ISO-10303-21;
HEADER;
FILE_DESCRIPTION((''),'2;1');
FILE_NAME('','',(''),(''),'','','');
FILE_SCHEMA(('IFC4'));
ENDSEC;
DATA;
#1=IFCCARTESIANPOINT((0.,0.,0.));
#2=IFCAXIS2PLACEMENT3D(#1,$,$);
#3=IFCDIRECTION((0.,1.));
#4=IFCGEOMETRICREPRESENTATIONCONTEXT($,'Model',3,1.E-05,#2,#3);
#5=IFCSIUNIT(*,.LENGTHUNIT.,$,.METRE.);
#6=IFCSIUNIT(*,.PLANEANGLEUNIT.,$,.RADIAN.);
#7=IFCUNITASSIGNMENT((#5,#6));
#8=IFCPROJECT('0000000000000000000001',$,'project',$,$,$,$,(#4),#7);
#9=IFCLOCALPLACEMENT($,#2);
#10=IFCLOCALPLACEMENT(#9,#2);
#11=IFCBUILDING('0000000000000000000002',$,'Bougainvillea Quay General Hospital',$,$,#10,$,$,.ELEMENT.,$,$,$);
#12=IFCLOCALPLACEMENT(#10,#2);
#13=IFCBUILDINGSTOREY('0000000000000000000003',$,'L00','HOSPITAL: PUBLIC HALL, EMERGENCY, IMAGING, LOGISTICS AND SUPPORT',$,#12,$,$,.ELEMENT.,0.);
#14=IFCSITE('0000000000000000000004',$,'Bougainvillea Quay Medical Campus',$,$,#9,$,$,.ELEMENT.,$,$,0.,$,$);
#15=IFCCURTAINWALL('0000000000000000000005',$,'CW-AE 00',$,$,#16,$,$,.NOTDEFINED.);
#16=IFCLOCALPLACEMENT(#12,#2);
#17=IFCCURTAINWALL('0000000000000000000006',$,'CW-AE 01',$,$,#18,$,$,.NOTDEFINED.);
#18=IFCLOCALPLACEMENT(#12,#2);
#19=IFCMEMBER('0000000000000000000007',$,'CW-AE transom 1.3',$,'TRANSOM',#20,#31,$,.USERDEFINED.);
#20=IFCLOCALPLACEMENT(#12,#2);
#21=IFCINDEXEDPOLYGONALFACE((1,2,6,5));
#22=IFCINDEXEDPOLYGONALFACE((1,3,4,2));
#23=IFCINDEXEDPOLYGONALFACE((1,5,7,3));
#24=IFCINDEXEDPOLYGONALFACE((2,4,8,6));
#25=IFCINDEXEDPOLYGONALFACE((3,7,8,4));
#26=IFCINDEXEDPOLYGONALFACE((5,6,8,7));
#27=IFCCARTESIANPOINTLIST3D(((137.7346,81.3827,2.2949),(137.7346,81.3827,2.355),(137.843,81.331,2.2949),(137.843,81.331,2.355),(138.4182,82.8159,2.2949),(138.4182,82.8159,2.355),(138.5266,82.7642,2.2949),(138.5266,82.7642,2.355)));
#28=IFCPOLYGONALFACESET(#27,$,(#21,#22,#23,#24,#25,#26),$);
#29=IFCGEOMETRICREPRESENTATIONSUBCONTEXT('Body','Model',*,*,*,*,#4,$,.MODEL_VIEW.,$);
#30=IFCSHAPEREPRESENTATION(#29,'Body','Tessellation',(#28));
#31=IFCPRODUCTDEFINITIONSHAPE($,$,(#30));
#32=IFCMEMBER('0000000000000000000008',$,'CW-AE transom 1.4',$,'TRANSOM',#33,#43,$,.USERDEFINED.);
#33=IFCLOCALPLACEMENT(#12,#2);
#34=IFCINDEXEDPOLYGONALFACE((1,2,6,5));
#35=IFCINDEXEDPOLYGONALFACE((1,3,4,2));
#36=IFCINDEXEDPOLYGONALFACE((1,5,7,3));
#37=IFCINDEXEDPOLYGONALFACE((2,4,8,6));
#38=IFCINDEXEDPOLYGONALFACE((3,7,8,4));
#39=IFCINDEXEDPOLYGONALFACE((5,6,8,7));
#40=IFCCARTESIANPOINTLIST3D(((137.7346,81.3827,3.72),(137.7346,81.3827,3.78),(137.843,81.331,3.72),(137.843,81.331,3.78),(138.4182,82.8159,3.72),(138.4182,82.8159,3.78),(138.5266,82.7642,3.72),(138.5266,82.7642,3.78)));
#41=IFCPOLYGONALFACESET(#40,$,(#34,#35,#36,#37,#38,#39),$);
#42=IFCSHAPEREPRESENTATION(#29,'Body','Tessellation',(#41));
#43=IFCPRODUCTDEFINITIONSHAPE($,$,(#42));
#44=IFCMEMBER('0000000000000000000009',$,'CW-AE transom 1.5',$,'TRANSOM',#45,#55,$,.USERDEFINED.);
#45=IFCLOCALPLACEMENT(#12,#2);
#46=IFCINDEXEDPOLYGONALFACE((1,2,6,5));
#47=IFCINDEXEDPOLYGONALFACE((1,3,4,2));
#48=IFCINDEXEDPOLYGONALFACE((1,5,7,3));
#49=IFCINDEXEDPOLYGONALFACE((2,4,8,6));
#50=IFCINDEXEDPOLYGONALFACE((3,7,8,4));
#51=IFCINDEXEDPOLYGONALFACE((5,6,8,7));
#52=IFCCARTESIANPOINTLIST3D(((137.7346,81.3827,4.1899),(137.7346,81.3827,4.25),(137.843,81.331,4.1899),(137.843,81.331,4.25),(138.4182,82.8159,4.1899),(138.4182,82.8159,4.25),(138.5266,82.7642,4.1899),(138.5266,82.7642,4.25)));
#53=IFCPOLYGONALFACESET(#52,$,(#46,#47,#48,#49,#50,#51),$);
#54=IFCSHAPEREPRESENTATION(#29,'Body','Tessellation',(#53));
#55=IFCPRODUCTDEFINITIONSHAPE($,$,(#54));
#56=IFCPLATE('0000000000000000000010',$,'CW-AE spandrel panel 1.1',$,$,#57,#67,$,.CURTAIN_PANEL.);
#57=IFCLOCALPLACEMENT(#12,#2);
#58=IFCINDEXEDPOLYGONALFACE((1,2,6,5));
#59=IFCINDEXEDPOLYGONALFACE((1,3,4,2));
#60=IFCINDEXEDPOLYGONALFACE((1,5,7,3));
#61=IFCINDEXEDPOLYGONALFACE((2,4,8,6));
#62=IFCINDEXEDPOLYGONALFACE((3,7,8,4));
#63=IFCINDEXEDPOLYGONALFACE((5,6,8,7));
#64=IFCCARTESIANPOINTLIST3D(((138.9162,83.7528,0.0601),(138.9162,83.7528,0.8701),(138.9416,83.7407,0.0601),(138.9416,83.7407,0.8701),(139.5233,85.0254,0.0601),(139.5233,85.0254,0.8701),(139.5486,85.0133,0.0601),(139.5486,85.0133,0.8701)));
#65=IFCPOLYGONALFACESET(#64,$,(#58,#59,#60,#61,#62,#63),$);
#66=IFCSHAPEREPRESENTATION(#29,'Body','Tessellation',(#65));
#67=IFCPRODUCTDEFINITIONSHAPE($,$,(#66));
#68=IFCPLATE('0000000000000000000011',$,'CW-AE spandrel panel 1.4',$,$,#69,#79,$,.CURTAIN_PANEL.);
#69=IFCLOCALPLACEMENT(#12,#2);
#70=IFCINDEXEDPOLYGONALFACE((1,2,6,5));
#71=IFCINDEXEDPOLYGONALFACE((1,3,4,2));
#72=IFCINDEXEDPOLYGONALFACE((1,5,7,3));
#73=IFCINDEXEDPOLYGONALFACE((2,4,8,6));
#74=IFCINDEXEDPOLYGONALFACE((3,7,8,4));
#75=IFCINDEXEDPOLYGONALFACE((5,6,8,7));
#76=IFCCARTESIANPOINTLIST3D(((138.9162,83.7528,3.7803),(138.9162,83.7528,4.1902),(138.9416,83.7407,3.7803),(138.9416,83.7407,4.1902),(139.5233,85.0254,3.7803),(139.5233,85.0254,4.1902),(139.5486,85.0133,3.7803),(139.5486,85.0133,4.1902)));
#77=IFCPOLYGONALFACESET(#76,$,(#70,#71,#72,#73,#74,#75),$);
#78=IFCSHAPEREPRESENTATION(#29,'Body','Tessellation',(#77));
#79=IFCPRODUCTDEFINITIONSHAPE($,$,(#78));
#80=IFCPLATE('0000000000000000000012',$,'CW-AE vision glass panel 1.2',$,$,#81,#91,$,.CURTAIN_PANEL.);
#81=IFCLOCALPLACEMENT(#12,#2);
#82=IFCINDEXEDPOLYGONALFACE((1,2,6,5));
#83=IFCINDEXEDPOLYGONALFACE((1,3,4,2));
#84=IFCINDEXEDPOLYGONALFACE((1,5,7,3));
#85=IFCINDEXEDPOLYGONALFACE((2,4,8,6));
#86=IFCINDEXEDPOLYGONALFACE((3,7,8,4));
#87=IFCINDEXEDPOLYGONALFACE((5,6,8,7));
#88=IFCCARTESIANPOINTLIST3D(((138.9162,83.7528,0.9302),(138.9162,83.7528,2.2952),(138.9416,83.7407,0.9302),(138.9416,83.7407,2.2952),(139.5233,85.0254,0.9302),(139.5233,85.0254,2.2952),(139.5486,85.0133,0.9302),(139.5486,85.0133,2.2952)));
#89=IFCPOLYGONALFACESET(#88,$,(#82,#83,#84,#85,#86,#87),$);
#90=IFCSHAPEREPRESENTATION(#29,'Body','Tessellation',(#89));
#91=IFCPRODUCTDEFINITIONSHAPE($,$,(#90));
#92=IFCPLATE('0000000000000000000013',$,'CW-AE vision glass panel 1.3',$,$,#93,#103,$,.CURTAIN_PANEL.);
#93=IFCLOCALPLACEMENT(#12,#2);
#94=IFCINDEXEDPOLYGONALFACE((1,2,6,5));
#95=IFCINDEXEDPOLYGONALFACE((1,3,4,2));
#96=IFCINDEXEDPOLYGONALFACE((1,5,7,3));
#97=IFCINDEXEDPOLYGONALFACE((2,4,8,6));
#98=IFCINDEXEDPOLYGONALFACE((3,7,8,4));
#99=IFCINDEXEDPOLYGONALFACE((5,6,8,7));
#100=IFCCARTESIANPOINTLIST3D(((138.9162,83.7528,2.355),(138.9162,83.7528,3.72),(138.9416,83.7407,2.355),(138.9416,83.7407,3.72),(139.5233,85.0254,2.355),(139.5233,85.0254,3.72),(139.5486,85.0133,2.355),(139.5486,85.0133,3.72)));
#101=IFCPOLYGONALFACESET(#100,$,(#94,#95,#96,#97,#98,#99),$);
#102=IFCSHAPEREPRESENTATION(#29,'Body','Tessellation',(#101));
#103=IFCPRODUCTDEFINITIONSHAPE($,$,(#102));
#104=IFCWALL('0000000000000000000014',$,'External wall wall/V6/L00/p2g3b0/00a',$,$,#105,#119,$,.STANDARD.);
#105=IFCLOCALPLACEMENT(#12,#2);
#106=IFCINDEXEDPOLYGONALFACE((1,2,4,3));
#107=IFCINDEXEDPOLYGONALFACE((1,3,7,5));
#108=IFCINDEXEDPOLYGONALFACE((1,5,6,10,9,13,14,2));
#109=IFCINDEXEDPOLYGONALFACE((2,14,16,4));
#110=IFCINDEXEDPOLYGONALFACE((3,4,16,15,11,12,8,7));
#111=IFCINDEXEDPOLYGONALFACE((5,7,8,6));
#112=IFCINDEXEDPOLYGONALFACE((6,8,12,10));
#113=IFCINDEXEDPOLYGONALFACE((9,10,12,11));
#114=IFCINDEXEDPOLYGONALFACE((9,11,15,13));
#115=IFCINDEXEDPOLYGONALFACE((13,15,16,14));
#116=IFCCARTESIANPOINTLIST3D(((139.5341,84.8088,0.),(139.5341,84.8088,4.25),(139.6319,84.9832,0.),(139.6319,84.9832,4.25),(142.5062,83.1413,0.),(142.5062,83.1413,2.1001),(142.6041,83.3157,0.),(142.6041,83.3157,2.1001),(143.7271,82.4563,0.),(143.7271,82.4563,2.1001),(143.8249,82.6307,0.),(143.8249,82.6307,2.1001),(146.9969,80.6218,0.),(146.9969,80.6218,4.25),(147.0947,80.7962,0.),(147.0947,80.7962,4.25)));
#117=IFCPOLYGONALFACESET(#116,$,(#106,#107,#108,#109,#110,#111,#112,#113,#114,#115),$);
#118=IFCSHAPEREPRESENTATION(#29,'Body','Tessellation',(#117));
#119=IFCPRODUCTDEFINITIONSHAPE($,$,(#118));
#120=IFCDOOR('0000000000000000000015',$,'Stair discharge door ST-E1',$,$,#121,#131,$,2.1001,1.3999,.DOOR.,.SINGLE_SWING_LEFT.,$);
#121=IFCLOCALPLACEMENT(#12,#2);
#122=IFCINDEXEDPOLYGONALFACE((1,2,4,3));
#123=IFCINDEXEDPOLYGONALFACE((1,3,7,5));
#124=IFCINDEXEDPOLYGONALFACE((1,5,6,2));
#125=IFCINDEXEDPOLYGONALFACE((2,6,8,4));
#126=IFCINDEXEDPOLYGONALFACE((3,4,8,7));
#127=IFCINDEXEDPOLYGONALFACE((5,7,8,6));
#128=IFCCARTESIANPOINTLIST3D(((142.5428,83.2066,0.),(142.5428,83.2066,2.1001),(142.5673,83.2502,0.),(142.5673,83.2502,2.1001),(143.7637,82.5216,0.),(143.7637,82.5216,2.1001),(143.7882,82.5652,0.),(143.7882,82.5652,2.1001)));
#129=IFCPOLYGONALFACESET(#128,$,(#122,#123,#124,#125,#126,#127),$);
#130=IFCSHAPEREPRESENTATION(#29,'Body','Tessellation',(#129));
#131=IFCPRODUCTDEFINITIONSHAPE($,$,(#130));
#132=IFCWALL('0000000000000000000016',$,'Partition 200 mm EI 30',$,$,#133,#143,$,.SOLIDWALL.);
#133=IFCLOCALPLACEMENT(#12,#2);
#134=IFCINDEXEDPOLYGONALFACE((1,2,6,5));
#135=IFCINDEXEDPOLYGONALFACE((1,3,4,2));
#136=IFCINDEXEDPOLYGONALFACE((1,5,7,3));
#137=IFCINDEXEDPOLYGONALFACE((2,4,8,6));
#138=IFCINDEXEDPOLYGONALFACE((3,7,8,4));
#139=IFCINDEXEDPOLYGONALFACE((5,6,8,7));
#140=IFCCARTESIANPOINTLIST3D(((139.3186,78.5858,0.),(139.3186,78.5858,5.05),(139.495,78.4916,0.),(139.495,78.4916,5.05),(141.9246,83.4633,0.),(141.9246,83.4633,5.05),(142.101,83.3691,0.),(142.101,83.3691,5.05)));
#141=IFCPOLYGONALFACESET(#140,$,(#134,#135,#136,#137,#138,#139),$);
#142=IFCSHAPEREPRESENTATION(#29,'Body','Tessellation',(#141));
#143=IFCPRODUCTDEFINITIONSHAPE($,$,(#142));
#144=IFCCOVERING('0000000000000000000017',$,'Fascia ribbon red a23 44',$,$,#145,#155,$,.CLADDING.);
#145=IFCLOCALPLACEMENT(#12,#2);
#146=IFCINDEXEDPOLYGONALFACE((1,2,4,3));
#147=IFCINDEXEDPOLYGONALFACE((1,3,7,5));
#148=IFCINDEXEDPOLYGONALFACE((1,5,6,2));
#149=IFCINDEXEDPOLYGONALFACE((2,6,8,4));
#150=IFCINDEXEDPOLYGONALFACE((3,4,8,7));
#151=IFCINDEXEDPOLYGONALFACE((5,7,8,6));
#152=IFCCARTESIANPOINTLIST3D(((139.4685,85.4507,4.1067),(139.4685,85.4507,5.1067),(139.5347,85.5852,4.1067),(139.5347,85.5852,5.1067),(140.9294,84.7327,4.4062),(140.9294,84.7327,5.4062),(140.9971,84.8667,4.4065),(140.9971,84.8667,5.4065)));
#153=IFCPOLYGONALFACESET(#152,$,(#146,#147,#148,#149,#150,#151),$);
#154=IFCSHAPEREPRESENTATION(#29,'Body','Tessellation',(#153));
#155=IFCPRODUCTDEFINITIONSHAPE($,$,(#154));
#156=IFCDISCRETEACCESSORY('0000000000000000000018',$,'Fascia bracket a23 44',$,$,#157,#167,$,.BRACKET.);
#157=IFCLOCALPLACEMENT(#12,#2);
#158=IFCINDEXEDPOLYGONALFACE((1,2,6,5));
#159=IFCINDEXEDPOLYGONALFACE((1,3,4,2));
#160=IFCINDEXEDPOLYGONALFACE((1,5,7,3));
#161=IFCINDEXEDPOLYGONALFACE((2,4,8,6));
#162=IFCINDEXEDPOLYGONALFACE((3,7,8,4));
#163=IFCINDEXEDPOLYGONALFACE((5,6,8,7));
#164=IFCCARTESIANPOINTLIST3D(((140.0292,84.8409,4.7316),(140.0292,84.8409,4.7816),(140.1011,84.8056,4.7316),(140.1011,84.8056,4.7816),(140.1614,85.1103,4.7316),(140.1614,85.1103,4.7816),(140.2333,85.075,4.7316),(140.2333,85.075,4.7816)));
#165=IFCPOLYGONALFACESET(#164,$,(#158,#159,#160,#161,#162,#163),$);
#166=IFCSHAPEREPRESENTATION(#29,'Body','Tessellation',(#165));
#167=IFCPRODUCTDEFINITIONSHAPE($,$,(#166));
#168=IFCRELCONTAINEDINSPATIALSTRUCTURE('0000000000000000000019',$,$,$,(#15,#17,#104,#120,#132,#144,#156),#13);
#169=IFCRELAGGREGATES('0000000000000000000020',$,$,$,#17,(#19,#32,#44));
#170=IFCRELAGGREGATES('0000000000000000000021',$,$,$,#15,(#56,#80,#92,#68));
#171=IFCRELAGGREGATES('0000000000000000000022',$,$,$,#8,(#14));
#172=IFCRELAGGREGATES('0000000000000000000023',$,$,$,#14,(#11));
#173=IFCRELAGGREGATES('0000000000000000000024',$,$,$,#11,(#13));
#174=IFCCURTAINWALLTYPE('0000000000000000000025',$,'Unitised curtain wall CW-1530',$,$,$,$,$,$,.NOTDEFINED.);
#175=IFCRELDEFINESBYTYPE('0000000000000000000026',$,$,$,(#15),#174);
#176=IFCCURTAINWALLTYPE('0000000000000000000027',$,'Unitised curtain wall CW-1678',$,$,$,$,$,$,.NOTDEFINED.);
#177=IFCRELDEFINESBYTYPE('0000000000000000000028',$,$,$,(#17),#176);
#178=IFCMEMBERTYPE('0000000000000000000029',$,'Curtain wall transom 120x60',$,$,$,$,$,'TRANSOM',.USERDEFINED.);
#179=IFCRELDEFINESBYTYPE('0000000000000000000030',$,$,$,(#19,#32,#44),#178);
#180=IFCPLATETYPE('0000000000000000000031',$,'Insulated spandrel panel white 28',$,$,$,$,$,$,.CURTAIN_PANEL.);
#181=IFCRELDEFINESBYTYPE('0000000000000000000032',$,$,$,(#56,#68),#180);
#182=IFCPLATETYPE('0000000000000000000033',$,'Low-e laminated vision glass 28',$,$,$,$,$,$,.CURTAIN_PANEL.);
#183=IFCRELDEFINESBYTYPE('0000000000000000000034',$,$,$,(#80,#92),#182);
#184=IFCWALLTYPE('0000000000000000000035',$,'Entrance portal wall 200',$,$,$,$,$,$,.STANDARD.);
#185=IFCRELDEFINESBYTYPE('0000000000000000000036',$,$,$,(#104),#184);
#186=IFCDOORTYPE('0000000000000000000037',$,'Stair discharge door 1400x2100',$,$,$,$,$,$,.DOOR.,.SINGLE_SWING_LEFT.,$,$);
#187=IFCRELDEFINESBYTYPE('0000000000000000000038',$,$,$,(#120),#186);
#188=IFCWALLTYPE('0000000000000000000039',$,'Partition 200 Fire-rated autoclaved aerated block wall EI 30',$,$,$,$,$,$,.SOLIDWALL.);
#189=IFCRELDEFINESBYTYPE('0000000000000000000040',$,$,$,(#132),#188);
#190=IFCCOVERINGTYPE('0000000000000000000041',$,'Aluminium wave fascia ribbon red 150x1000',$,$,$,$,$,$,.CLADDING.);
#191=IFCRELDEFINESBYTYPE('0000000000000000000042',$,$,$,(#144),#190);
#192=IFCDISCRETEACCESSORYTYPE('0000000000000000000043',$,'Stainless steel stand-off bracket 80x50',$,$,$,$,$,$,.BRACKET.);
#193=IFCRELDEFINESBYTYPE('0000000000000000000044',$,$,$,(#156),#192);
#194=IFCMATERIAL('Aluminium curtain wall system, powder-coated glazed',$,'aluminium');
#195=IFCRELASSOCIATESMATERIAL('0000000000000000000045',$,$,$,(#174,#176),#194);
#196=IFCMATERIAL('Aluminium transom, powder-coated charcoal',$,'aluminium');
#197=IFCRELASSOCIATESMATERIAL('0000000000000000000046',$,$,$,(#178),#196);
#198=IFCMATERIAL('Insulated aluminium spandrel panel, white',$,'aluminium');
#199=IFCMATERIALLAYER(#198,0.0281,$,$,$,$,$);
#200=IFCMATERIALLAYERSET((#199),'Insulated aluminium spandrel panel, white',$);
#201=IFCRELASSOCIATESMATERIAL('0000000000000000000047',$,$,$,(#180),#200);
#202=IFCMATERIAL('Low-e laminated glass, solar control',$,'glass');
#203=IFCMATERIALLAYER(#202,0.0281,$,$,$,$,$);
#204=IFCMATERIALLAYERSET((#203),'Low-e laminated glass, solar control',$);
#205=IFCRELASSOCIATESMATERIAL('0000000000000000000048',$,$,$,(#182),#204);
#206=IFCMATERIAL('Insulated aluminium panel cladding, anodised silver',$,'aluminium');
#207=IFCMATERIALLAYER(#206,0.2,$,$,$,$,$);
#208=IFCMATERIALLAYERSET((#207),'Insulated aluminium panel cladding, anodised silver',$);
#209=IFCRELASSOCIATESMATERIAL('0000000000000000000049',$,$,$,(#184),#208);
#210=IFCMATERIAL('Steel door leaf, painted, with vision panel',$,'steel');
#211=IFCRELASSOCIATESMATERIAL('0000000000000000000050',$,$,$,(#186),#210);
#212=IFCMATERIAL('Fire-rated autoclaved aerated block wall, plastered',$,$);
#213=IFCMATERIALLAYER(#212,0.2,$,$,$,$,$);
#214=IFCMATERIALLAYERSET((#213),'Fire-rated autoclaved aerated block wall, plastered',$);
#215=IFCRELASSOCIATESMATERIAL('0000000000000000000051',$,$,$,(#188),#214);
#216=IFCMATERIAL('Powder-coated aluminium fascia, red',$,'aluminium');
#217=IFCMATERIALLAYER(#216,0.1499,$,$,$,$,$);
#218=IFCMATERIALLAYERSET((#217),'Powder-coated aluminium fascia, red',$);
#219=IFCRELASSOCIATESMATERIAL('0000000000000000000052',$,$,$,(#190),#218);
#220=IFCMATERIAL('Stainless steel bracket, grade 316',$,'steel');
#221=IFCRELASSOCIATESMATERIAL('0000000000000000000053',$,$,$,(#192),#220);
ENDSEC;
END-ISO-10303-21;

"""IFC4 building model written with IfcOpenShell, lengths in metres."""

from ifc_helpers import new_model, si_unit, direction, frame, frame_2d, origin, origin_2d, place, context, subcontext, project, spatial, polyline, rectangle, outline, extrude, material, layer, layer_set, material_profile, profile_set, type_object, element, fill, aggregate, save


model = new_model("IFC4")

# Units and contexts
model_context = context("Model", 3, precision=1e-05, world=origin(), true_north=direction((0.0, 1.0)))
body_context = subcontext(model_context, "Body", "Model", "MODEL_VIEW")
ifc_project = project(units=[si_unit("LENGTHUNIT", "METRE"), si_unit("PLANEANGLEUNIT", "RADIAN")], contexts=[model_context])

# Site, building, storey
site_placement = place(None, origin())
site = spatial("IfcSite", under=ifc_project, at=site_placement, Name="Bougainvillea Quay Medical Campus", CompositionType="ELEMENT", RefElevation=0.0)
building_placement = place(site_placement, origin())
building = spatial("IfcBuilding", under=site, at=building_placement, Name="Bougainvillea Quay General Hospital", CompositionType="ELEMENT")
storey_placement = place(building_placement, origin())
storey = spatial("IfcBuildingStorey", under=building, at=storey_placement, Name="L00", Description="HOSPITAL: PUBLIC HALL, EMERGENCY, IMAGING, LOGISTICS AND SUPPORT", CompositionType="ELEMENT", Elevation=0.0)

# Curtain wall
ifc_material_1 = material(Name="Aluminium curtain wall system, powder-coated glazed", Category="aluminium")
curtain_wall_type_1 = type_object("IfcCurtainWallType", Name="Unitised curtain wall CW-1530", PredefinedType="NOTDEFINED", material=ifc_material_1)
curtain_wall_1_placement = place(storey_placement, origin())
curtain_wall_1 = element("IfcCurtainWall", 1, at=curtain_wall_1_placement, inside=storey, type_object=curtain_wall_type_1, Name="CW-AE 00", PredefinedType="NOTDEFINED")

# Curtain wall
curtain_wall_type_2 = type_object("IfcCurtainWallType", Name="Unitised curtain wall CW-1678", PredefinedType="NOTDEFINED", material=ifc_material_1)
curtain_wall_2_placement = place(storey_placement, origin())
curtain_wall_2 = element("IfcCurtainWall", 2, at=curtain_wall_2_placement, inside=storey, type_object=curtain_wall_type_2, Name="CW-AE 01", PredefinedType="NOTDEFINED")

# Members
ifc_material_2 = material(Name="Aluminium transom, powder-coated charcoal", Category="aluminium")
ifc_material_profile_1 = material_profile(ifc_material_2, rectangle(XDim=0.1201, YDim=0.0601, at=origin_2d()))
ifc_profile_set_1 = profile_set([ifc_material_profile_1], Name="Aluminium transom, powder-coated charcoal")
member_type_1 = type_object("IfcMemberType", Name="Curtain wall transom 120x60", ElementType="TRANSOM", PredefinedType="USERDEFINED", material=ifc_profile_set_1)
member_1_placement = place(storey_placement, frame((138.4724, 82.79, 2.325), z_axis=(-0.43053, -0.902576, 0.0), x_axis=(0.902576, -0.43053, 0.0)))
member_1 = element("IfcMember", 3, at=member_1_placement, type_object=member_type_1, Name="CW-AE transom 1.3", ObjectType="TRANSOM", PredefinedType="USERDEFINED", context=body_context, shape_type="SweptSolid", body=[
    extrude(rectangle(XDim=0.1201, YDim=0.0601, at=origin_2d()), origin(), (0.0, 0.0, 1.0), 1.5879),
])
member_2_placement = place(storey_placement, frame((138.4724, 82.79, 3.75), z_axis=(-0.43053, -0.902576, 0.0), x_axis=(0.902576, -0.43053, 0.0)))
member_2 = element("IfcMember", 4, at=member_2_placement, type_object=member_type_1, Name="CW-AE transom 1.4", ObjectType="TRANSOM", PredefinedType="USERDEFINED", context=body_context, shape_type="SweptSolid", body=[
    extrude(rectangle(XDim=0.1201, YDim=0.0601, at=origin_2d()), origin(), (0.0, 0.0, 1.0), 1.5879),
])
member_3_placement = place(storey_placement, frame((138.4724, 82.79, 4.22), z_axis=(-0.43053, -0.902576, 0.0), x_axis=(0.902576, -0.43053, 0.0)))
member_3 = element("IfcMember", 5, at=member_3_placement, type_object=member_type_1, Name="CW-AE transom 1.5", ObjectType="TRANSOM", PredefinedType="USERDEFINED", context=body_context, shape_type="SweptSolid", body=[
    extrude(rectangle(XDim=0.1201, YDim=0.0601, at=origin_2d()), origin(), (0.0, 0.0, 1.0), 1.5879),
])
aggregate(curtain_wall_2, [member_1, member_2, member_3])

# Plates
ifc_material_3 = material(Name="Insulated aluminium spandrel panel, white", Category="aluminium")
ifc_layer_1 = layer(ifc_material_3, 0.0281)
ifc_layer_set_1 = layer_set([ifc_layer_1], Name="Insulated aluminium spandrel panel, white")
plate_type_1 = type_object("IfcPlateType", Name="Insulated spandrel panel white 28", PredefinedType="CURTAIN_PANEL", material=ifc_layer_set_1)
plate_1_placement = place(storey_placement, frame((139.2324, 84.3831, 0.0601), z_axis=(0.0, 0.0, 1.0), x_axis=(-0.43053, -0.902576, 0.0)))
plate_1 = element("IfcPlate", 6, at=plate_1_placement, type_object=plate_type_1, Name="CW-AE spandrel panel 1.1", PredefinedType="CURTAIN_PANEL", context=body_context, shape_type="SweptSolid", body=[
    extrude(rectangle(XDim=1.4099, YDim=0.0281, at=origin_2d()), origin(), (0.0, 0.0, 1.0), 0.8101),
])
plate_2_placement = place(storey_placement, frame((139.2324, 84.3831, 3.7803), z_axis=(0.0, 0.0, 1.0), x_axis=(-0.43053, -0.902576, 0.0)))
plate_2 = element("IfcPlate", 7, at=plate_2_placement, type_object=plate_type_1, Name="CW-AE spandrel panel 1.4", PredefinedType="CURTAIN_PANEL", context=body_context, shape_type="SweptSolid", body=[
    extrude(rectangle(XDim=1.4099, YDim=0.0281, at=origin_2d()), origin(), (0.0, 0.0, 1.0), 0.4099),
])
ifc_material_4 = material(Name="Low-e laminated glass, solar control", Category="glass")
ifc_layer_2 = layer(ifc_material_4, 0.0281)
ifc_layer_set_2 = layer_set([ifc_layer_2], Name="Low-e laminated glass, solar control")
plate_type_2 = type_object("IfcPlateType", Name="Low-e laminated vision glass 28", PredefinedType="CURTAIN_PANEL", material=ifc_layer_set_2)
plate_3_placement = place(storey_placement, frame((139.2324, 84.3831, 0.9302), z_axis=(0.0, 0.0, 1.0), x_axis=(-0.43053, -0.902576, 0.0)))
plate_3 = element("IfcPlate", 8, at=plate_3_placement, type_object=plate_type_2, Name="CW-AE vision glass panel 1.2", PredefinedType="CURTAIN_PANEL", context=body_context, shape_type="SweptSolid", body=[
    extrude(rectangle(XDim=1.4099, YDim=0.0281, at=origin_2d()), origin(), (0.0, 0.0, 1.0), 1.365),
])
plate_4_placement = place(storey_placement, frame((139.2324, 84.3831, 2.355), z_axis=(0.0, 0.0, 1.0), x_axis=(-0.43053, -0.902576, 0.0)))
plate_4 = element("IfcPlate", 9, at=plate_4_placement, type_object=plate_type_2, Name="CW-AE vision glass panel 1.3", PredefinedType="CURTAIN_PANEL", context=body_context, shape_type="SweptSolid", body=[
    extrude(rectangle(XDim=1.4099, YDim=0.0281, at=origin_2d()), origin(), (0.0, 0.0, 1.0), 1.365),
])
aggregate(curtain_wall_1, [plate_1, plate_3, plate_4, plate_2])

# Wall, opening, door
ifc_material_5 = material(Name="Insulated aluminium panel cladding, anodised silver", Category="aluminium")
ifc_layer_3 = layer(ifc_material_5, 0.2)
ifc_layer_set_3 = layer_set([ifc_layer_3], Name="Insulated aluminium panel cladding, anodised silver")
wall_type_1 = type_object("IfcWallType", Name="Entrance portal wall 200", PredefinedType="STANDARD", material=ifc_layer_set_3)
wall_1_placement = place(storey_placement, frame((139.583, 84.896, 0.0), z_axis=(0.0, 0.0, 1.0), x_axis=(0.872118, -0.489296, 0.0)))
wall_1 = element("IfcWall", 10, at=wall_1_placement, inside=storey, type_object=wall_type_1, Name="External wall wall/V6/L00/p2g3b0/00a", PredefinedType="STANDARD", context=body_context, shape_type="SweptSolid", body=[
    extrude(rectangle(XDim=8.5571, YDim=0.2, at=frame_2d((4.2786, 0.0))), origin(), (0.0, 0.0, 1.0), 4.25),
])
opening_placement = place(wall_1_placement, frame((3.408, 0.0, 0.0)))
opening = element("IfcOpeningElement", 11, at=opening_placement, cuts=wall_1, PredefinedType="OPENING", context=body_context, shape_type="SweptSolid", body=[
    extrude(rectangle(XDim=1.3999, YDim=2.1001, at=frame_2d((0.7, 1.05))), frame((0.0, 0.1099, 0.0), z_axis=(0.0, -1.0, 0.0), x_axis=(1.0, 0.0, 0.0)), (0.0, 0.0, 1.0), 0.22),
])
ifc_material_6 = material(Name="Steel door leaf, painted, with vision panel", Category="steel")
door_type = type_object("IfcDoorType", Name="Stair discharge door 1400x2100", OperationType="SINGLE_SWING_LEFT", PredefinedType="DOOR", material=ifc_material_6)
door_placement = place(opening_placement, origin())
door = element("IfcDoor", 12, at=door_placement, inside=storey, type_object=door_type, Name="Stair discharge door ST-E1", OperationType="SINGLE_SWING_LEFT", OverallHeight=2.1001, OverallWidth=1.3999, PredefinedType="DOOR", context=body_context, shape_type="SweptSolid", body=[
    extrude(rectangle(XDim=1.3999, YDim=2.1001, at=frame_2d((0.7, 1.05))), frame((0.0, 0.0249, 0.0), z_axis=(0.0, -1.0, 0.0), x_axis=(1.0, 0.0, 0.0)), (0.0, 0.0, 1.0), 0.05),
])
fill(opening, door)

# Wall
ifc_material_7 = material(Name="Fire-rated autoclaved aerated block wall, plastered")
ifc_layer_4 = layer(ifc_material_7, 0.2)
ifc_layer_set_4 = layer_set([ifc_layer_4], Name="Fire-rated autoclaved aerated block wall, plastered")
wall_type_2 = type_object("IfcWallType", Name="Partition 200 Fire-rated autoclaved aerated block wall EI 30", PredefinedType="SOLIDWALL", material=ifc_layer_set_4)
wall_2_placement = place(storey_placement, frame((139.4067, 78.5386, 0.0), z_axis=(0.0, 0.0, 1.0), x_axis=(0.471243, 0.882003, 0.0)))
element("IfcWall", 13, at=wall_2_placement, inside=storey, type_object=wall_type_2, Name="Partition 200 mm EI 30", PredefinedType="SOLIDWALL", context=body_context, shape_type="SweptSolid", body=[
    extrude(rectangle(XDim=5.53, YDim=0.2, at=frame_2d((2.7651, 0.0))), origin(), (0.0, 0.0, 1.0), 5.05),
])

# Covering
ifc_material_8 = material(Name="Powder-coated aluminium fascia, red", Category="aluminium")
ifc_layer_5 = layer(ifc_material_8, 0.1499)
ifc_layer_set_5 = layer_set([ifc_layer_5], Name="Powder-coated aluminium fascia, red")
covering_type = type_object("IfcCoveringType", Name="Aluminium wave fascia ribbon red 150x1000", PredefinedType="CLADDING", material=ifc_layer_set_5)
covering_placement = place(storey_placement, frame((140.9294, 84.7327, 4.4062), z_axis=(-0.16234, 0.079981, 0.983488), x_axis=(-0.882647, 0.433801, -0.180973)))
element("IfcCovering", 14, at=covering_placement, inside=storey, type_object=covering_type, Name="Fascia ribbon red a23 44", PredefinedType="CLADDING", context=body_context, shape_type="SweptSolid", body=[
    extrude(outline(polyline([(0.0, 0.0), (1.6552, 0.0), (1.6551, -0.1499), (-0.0016, -0.1501), (0.0, 0.0)])), origin(), (-0.180973, 0.000172, 0.983488), 1.0),
])

# Discrete accessory
ifc_material_9 = material(Name="Stainless steel bracket, grade 316", Category="steel")
ifc_material_profile_2 = material_profile(ifc_material_9, rectangle(XDim=0.0801, YDim=0.05, at=origin_2d()))
ifc_profile_set_2 = profile_set([ifc_material_profile_2], Name="Stainless steel bracket, grade 316")
discrete_accessory_type = type_object("IfcDiscreteAccessoryType", Name="Stainless steel stand-off bracket 80x50", PredefinedType="BRACKET", material=ifc_profile_set_2)
discrete_accessory_placement = place(storey_placement, frame((140.0652, 84.8232, 4.7566), z_axis=(0.440363, 0.89782, 0.0), x_axis=(-0.89782, 0.440363, 0.0)))
element("IfcDiscreteAccessory", 15, at=discrete_accessory_placement, inside=storey, type_object=discrete_accessory_type, Name="Fascia bracket a23 44", PredefinedType="BRACKET", context=body_context, shape_type="SweptSolid", body=[
    extrude(rectangle(XDim=0.0801, YDim=0.05, at=origin_2d()), origin(), (0.0, 0.0, 1.0), 0.3),
])

save(model, "model.ifc")
